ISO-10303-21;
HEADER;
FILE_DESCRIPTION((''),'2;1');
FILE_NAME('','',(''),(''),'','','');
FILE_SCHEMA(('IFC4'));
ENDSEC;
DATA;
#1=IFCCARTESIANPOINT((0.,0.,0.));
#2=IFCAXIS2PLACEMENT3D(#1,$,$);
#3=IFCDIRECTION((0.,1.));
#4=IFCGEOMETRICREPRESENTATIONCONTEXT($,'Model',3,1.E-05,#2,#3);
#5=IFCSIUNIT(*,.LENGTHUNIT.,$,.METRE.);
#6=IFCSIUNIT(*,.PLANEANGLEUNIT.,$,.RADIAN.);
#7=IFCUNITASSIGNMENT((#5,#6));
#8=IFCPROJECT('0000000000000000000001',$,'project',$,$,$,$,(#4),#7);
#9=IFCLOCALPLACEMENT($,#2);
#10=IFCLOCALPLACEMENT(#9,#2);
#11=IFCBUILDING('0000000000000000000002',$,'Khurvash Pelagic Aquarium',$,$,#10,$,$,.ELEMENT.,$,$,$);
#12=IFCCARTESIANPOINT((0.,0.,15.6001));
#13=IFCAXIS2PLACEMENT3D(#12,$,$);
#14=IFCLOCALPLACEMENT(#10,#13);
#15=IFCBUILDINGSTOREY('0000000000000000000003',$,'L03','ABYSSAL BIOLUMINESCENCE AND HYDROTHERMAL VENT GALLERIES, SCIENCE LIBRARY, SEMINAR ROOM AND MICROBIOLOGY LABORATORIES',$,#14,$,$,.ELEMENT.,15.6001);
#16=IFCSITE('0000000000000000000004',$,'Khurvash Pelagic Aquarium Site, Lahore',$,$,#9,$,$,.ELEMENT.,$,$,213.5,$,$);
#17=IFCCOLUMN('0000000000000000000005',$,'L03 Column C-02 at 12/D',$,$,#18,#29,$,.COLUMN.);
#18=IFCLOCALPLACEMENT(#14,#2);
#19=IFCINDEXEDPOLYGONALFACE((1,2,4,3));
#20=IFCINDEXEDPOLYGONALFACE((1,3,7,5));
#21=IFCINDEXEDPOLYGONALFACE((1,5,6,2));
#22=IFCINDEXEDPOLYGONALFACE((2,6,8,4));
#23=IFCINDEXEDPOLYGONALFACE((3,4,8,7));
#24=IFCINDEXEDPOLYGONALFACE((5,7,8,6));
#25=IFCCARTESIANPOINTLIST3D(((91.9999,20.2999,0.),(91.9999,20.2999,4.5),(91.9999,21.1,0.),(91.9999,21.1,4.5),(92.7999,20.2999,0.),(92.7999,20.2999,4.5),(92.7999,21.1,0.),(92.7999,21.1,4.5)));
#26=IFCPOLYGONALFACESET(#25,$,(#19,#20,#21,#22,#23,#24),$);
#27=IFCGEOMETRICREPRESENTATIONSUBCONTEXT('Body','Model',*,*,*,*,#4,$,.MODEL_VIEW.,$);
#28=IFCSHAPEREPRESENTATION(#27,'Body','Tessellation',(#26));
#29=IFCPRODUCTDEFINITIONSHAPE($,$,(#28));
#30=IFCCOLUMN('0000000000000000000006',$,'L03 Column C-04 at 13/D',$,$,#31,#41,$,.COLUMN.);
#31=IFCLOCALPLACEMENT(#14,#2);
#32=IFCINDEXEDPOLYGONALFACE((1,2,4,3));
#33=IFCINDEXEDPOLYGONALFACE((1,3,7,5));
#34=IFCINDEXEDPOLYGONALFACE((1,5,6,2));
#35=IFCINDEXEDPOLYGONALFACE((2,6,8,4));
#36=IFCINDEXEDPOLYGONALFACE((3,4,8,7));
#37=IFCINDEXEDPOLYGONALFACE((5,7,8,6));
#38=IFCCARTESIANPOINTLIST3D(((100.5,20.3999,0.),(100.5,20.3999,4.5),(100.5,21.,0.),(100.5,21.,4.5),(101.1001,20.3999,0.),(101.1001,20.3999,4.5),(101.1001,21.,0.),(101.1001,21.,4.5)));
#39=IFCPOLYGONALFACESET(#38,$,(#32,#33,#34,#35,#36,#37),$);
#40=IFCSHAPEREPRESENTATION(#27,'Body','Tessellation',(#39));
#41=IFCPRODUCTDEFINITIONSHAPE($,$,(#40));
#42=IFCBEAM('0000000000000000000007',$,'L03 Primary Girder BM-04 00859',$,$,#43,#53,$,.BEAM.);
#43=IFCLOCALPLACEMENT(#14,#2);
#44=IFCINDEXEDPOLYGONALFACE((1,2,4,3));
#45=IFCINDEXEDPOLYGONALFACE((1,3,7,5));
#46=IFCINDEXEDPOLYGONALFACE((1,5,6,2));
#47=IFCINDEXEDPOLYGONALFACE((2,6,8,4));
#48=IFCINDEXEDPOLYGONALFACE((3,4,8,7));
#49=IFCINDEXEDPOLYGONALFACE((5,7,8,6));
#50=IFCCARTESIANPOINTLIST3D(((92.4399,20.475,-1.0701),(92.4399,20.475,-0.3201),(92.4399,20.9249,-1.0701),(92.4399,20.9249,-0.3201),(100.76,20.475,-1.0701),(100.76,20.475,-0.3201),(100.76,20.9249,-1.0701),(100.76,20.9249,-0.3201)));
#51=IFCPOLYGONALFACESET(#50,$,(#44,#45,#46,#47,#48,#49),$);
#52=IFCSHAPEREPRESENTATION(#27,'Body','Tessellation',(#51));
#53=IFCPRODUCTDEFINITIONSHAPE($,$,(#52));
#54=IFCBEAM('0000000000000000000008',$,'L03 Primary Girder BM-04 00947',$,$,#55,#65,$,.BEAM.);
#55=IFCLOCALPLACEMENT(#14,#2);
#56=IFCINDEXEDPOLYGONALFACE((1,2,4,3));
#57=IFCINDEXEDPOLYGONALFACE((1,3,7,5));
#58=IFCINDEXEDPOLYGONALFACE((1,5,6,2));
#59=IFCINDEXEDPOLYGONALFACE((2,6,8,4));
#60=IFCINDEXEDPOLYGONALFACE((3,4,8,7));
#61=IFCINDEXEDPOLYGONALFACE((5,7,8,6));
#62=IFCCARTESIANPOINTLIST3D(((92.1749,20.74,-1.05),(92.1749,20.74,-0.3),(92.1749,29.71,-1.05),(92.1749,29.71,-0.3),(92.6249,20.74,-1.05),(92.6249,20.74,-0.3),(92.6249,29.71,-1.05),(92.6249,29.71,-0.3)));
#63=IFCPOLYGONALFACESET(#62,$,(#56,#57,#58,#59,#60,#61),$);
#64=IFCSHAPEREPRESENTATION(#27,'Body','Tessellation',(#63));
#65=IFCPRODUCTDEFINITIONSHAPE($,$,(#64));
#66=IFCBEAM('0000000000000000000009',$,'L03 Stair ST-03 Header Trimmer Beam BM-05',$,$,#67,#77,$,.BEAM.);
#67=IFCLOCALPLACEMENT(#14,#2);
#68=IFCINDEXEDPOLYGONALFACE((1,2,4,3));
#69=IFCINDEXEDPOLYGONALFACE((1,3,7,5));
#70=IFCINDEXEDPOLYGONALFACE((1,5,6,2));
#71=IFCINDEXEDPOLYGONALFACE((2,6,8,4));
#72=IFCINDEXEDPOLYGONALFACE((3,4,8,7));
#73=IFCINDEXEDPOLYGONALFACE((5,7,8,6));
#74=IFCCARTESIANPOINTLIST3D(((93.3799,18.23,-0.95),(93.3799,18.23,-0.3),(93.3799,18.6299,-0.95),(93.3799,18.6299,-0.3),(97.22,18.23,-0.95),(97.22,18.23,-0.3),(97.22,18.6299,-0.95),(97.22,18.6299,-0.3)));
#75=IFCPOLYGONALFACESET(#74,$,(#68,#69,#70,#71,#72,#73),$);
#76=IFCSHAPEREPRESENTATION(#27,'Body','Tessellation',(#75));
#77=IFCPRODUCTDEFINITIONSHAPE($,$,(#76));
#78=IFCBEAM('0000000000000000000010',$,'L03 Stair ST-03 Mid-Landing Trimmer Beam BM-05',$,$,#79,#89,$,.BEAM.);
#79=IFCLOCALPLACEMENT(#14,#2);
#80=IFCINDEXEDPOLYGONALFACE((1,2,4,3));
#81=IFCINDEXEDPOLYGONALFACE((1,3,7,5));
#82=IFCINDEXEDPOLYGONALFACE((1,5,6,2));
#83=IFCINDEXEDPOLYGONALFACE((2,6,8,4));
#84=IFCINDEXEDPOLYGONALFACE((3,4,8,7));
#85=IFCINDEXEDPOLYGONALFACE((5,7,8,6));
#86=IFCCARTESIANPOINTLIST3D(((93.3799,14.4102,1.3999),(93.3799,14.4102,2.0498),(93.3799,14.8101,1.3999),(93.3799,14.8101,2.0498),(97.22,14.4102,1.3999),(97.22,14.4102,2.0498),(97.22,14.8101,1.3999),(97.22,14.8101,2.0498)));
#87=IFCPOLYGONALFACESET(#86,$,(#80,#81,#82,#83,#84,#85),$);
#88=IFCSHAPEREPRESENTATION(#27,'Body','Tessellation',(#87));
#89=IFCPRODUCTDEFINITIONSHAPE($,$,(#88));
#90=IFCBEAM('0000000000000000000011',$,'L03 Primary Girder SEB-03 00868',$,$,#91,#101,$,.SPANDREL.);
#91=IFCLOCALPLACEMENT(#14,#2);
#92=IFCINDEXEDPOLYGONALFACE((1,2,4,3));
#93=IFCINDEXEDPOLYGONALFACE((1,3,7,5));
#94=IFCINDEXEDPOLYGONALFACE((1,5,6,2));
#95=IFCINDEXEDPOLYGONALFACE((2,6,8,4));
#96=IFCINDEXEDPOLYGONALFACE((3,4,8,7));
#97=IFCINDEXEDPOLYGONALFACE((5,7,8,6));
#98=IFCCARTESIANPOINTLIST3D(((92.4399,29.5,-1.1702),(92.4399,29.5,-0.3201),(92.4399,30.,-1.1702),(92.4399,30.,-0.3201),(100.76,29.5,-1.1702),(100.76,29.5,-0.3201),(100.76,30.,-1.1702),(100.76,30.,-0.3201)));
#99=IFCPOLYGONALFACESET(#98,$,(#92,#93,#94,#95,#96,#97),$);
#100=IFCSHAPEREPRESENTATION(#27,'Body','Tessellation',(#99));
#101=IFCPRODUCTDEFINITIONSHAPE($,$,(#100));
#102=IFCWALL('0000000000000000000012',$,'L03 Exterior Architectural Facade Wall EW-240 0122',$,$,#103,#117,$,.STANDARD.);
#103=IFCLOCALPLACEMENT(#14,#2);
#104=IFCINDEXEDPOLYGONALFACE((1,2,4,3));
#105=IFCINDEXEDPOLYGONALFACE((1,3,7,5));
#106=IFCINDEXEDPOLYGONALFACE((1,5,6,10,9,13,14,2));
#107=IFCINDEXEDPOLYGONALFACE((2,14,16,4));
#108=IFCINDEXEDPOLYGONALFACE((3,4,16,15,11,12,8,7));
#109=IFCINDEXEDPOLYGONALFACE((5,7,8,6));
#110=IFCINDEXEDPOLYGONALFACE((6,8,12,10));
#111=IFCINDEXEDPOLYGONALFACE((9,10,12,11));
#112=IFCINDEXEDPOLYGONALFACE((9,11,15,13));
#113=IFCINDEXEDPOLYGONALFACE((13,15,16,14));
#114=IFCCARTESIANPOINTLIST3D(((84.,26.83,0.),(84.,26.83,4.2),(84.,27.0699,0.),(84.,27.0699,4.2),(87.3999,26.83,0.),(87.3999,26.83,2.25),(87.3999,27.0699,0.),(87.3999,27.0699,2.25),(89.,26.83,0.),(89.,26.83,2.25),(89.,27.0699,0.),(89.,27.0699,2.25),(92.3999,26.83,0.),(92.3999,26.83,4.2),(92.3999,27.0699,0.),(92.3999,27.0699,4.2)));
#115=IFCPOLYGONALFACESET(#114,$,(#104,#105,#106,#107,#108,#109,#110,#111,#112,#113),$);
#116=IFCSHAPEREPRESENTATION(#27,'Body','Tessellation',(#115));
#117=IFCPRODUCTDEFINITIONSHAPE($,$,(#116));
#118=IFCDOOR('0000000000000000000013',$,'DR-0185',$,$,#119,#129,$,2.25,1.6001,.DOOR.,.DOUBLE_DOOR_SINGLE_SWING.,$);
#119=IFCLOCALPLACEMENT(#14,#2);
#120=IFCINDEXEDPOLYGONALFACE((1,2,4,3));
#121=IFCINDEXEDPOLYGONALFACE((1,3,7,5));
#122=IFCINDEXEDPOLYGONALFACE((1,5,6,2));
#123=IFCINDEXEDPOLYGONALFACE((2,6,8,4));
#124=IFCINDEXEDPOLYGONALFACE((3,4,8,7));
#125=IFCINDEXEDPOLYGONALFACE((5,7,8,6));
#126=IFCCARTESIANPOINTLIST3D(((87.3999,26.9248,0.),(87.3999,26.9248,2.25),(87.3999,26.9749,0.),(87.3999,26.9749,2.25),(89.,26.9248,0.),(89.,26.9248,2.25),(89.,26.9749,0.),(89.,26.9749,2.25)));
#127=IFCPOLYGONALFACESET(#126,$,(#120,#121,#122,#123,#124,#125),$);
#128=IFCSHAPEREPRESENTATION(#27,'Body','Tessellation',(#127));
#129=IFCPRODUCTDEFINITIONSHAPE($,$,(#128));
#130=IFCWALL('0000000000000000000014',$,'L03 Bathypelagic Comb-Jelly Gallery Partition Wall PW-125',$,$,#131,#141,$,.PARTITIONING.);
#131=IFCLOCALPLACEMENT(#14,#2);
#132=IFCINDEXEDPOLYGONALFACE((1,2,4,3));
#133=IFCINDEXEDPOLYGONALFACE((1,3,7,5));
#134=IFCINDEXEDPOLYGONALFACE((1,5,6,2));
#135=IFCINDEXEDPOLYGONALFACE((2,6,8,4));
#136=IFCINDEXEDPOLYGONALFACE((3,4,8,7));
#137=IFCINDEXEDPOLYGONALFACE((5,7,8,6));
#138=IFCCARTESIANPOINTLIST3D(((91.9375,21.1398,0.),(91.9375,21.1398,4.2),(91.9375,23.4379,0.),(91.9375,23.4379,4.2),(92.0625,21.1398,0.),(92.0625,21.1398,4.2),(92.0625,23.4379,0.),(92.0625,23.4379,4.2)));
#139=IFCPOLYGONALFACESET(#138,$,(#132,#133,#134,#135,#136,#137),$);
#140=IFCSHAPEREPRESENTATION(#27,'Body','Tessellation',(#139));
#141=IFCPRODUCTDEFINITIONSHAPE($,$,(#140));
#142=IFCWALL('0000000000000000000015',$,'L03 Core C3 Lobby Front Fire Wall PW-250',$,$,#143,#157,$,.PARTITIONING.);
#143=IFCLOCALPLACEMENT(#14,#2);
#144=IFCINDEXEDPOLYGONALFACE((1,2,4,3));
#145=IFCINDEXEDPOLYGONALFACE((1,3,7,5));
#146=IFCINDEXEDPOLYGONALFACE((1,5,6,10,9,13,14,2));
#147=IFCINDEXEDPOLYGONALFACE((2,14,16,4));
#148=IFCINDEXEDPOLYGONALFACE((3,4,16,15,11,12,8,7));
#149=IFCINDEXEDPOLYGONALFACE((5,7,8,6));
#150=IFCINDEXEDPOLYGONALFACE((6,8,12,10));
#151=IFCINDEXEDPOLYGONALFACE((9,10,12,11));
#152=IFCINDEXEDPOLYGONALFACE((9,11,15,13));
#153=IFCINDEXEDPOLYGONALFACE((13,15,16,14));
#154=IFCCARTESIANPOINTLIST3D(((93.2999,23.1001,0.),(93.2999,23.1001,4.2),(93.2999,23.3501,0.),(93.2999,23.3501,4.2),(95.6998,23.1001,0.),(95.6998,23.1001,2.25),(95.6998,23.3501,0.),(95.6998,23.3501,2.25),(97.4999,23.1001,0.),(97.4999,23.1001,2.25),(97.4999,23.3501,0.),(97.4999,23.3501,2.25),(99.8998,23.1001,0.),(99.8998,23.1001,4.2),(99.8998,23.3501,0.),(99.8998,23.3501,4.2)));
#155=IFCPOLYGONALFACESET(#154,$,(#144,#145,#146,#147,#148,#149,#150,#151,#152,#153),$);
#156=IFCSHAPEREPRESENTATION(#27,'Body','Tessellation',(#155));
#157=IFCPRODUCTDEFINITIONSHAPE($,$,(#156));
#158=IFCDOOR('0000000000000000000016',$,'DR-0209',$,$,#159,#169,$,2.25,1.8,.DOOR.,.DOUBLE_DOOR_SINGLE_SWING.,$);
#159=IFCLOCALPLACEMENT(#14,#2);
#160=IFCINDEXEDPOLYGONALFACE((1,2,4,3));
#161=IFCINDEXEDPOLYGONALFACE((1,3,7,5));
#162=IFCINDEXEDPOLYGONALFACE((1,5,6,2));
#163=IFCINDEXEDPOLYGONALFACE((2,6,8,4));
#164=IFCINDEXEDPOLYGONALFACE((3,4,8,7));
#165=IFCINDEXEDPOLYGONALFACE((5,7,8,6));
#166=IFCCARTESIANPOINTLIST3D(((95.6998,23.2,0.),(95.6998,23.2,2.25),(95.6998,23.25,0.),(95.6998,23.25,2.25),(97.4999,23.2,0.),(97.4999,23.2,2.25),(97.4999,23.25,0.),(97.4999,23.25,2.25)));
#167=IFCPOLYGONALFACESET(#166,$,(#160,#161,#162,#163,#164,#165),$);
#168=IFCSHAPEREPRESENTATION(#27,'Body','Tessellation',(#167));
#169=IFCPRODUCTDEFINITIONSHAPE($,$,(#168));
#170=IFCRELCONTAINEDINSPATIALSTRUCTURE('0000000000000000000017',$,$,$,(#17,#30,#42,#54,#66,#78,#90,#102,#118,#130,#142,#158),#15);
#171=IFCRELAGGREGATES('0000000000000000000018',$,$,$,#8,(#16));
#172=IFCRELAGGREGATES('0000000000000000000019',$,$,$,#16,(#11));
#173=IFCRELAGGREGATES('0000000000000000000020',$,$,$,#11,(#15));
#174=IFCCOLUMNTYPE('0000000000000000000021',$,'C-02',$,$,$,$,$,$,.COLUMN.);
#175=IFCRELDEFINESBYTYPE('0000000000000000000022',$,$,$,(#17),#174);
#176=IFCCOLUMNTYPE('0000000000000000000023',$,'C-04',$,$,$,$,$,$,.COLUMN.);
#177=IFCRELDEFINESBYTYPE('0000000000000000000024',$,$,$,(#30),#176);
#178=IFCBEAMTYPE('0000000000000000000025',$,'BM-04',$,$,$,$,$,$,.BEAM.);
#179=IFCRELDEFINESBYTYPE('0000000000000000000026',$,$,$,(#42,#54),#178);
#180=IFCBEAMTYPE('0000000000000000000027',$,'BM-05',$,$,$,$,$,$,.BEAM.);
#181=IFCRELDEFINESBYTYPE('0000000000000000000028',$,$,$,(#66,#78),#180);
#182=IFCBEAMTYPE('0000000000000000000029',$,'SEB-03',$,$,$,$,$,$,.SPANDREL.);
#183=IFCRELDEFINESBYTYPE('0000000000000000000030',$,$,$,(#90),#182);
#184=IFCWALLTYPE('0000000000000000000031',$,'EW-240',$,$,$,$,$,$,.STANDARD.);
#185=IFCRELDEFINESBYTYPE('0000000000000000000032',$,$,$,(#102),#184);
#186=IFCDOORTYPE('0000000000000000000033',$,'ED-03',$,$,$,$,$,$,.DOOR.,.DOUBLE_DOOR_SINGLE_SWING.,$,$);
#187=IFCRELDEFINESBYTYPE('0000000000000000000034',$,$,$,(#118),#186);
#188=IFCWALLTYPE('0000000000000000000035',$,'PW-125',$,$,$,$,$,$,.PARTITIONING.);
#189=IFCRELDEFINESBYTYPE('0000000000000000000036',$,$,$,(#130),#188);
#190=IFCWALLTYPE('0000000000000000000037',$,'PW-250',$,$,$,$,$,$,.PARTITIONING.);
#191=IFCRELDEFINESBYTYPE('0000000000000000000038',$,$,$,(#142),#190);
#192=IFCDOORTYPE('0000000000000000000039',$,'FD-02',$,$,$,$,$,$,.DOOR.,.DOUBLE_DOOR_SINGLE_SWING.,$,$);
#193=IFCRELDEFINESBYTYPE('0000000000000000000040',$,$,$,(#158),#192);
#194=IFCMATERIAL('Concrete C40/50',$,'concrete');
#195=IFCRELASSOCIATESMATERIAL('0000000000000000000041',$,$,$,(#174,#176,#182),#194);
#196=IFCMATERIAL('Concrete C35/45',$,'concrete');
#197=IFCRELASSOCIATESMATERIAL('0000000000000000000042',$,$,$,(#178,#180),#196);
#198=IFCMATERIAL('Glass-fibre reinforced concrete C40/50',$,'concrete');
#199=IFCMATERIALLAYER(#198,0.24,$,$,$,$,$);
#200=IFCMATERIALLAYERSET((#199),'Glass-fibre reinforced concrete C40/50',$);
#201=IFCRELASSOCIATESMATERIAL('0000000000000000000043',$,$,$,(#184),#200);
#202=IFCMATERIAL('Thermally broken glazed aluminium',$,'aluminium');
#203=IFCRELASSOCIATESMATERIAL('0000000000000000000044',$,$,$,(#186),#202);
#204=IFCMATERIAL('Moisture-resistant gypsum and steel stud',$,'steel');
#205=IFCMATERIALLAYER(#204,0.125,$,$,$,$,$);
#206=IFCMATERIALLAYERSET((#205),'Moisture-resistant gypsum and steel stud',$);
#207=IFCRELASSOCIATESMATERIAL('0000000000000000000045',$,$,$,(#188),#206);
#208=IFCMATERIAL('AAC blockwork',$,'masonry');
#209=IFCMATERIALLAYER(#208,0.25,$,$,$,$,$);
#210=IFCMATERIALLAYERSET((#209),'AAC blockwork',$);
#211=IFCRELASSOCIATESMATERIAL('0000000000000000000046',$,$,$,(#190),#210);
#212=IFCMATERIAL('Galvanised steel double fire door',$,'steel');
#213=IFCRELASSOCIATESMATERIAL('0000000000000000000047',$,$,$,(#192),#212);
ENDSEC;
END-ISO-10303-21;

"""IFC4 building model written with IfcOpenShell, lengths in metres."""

from ifc_helpers import new_model, si_unit, direction, frame, frame_2d, origin, origin_2d, place, context, subcontext, project, spatial, rectangle, extrude, material, layer, layer_set, material_profile, profile_set, type_object, element, fill, save


model = new_model("IFC4")

# Units and contexts
model_context = context("Model", 3, precision=1e-05, world=origin(), true_north=direction((0.0, 1.0)))
body_context = subcontext(model_context, "Body", "Model", "MODEL_VIEW")
ifc_project = project(units=[si_unit("LENGTHUNIT", "METRE"), si_unit("PLANEANGLEUNIT", "RADIAN")], contexts=[model_context])

# Site, building, storey
site_placement = place(None, origin())
site = spatial("IfcSite", under=ifc_project, at=site_placement, Name="Khurvash Pelagic Aquarium Site, Lahore", CompositionType="ELEMENT", RefElevation=213.5)
building_placement = place(site_placement, origin())
building = spatial("IfcBuilding", under=site, at=building_placement, Name="Khurvash Pelagic Aquarium", CompositionType="ELEMENT")
storey_placement = place(building_placement, frame((0.0, 0.0, 15.6001)))
storey = spatial("IfcBuildingStorey", under=building, at=storey_placement, Name="L03", Description="ABYSSAL BIOLUMINESCENCE AND HYDROTHERMAL VENT GALLERIES, SCIENCE LIBRARY, SEMINAR ROOM AND MICROBIOLOGY LABORATORIES", CompositionType="ELEMENT", Elevation=15.6001)

# Columns
ifc_material_1 = material(Name="Concrete C40/50", Category="concrete")
ifc_material_profile_1 = material_profile(ifc_material_1, rectangle(XDim=0.8, YDim=0.8, at=origin_2d()), Name="RC800X800")
ifc_profile_set_1 = profile_set([ifc_material_profile_1], Name="Concrete C40/50")
column_type_1 = type_object("IfcColumnType", Name="C-02", PredefinedType="COLUMN", material=ifc_profile_set_1)
column_1_placement = place(storey_placement, frame((92.3999, 20.7, 0.0), z_axis=(0.0, 0.0, 1.0), x_axis=(1.0, 0.0, 0.0)))
element("IfcColumn", 1, at=column_1_placement, inside=storey, type_object=column_type_1, Name="L03 Column C-02 at 12/D", PredefinedType="COLUMN", context=body_context, shape_type="SweptSolid", body=[
    extrude(rectangle(XDim=0.8, YDim=0.8, at=origin_2d()), origin(), (0.0, 0.0, 1.0), 4.5),
])
ifc_material_profile_2 = material_profile(ifc_material_1, rectangle(XDim=0.6001, YDim=0.6001, at=origin_2d()), Name="RC600X600")
ifc_profile_set_2 = profile_set([ifc_material_profile_2], Name="Concrete C40/50")
column_type_2 = type_object("IfcColumnType", Name="C-04", PredefinedType="COLUMN", material=ifc_profile_set_2)
column_2_placement = place(storey_placement, frame((100.8, 20.7, 0.0), z_axis=(0.0, 0.0, 1.0), x_axis=(1.0, 0.0, 0.0)))
element("IfcColumn", 2, at=column_2_placement, inside=storey, type_object=column_type_2, Name="L03 Column C-04 at 13/D", PredefinedType="COLUMN", context=body_context, shape_type="SweptSolid", body=[
    extrude(rectangle(XDim=0.6001, YDim=0.6001, at=origin_2d()), origin(), (0.0, 0.0, 1.0), 4.5),
])

# Beams
ifc_material_2 = material(Name="Concrete C35/45", Category="concrete")
ifc_material_profile_3 = material_profile(ifc_material_2, rectangle(XDim=0.45, YDim=0.75, at=origin_2d()), Name="RC450X750")
ifc_profile_set_3 = profile_set([ifc_material_profile_3], Name="Concrete C35/45")
beam_type_1 = type_object("IfcBeamType", Name="BM-04", PredefinedType="BEAM", material=ifc_profile_set_3)
beam_1_placement = place(storey_placement, frame((92.4399, 20.7, -0.6951), z_axis=(1.0, 0.0, 0.0), x_axis=(0.0, 1.0, 0.0)))
element("IfcBeam", 3, at=beam_1_placement, inside=storey, type_object=beam_type_1, Name="L03 Primary Girder BM-04 00859", PredefinedType="BEAM", context=body_context, shape_type="SweptSolid", body=[
    extrude(rectangle(XDim=0.45, YDim=0.75, at=origin_2d()), origin(), (0.0, 0.0, 1.0), 8.3201),
])
beam_2_placement = place(storey_placement, frame((92.3999, 20.74, -0.675), z_axis=(0.0, 1.0, 0.0), x_axis=(-1.0, 0.0, 0.0)))
element("IfcBeam", 4, at=beam_2_placement, inside=storey, type_object=beam_type_1, Name="L03 Primary Girder BM-04 00947", PredefinedType="BEAM", context=body_context, shape_type="SweptSolid", body=[
    extrude(rectangle(XDim=0.45, YDim=0.75, at=origin_2d()), origin(), (0.0, 0.0, 1.0), 8.97),
])
ifc_material_profile_4 = material_profile(ifc_material_2, rectangle(XDim=0.3999, YDim=0.6499, at=origin_2d()), Name="RC400X650")
ifc_profile_set_4 = profile_set([ifc_material_profile_4], Name="Concrete C35/45")
beam_type_2 = type_object("IfcBeamType", Name="BM-05", PredefinedType="BEAM", material=ifc_profile_set_4)
for number, where, z_axis, x_axis, name in (
    (5, (93.3799, 18.4299, -0.625), (1.0, 0.0, 0.0), (0.0, 1.0, 0.0), "L03 Stair ST-03 Header Trimmer Beam BM-05"),
    (6, (93.3799, 14.6101, 1.7249), (1.0, 0.0, 0.0), (0.0, 1.0, 0.0), "L03 Stair ST-03 Mid-Landing Trimmer Beam BM-05"),
):
    element("IfcBeam", number, at=place(storey_placement, frame(where, z_axis=z_axis, x_axis=x_axis)), inside=storey, type_object=beam_type_2, Name=name, PredefinedType="BEAM", context=body_context, shape_type="SweptSolid", body=[
        extrude(rectangle(XDim=0.3999, YDim=0.6499, at=origin_2d()), origin(), (0.0, 0.0, 1.0), 3.8401),
    ])
ifc_material_profile_5 = material_profile(ifc_material_1, rectangle(XDim=0.5, YDim=0.8501, at=origin_2d()), Name="RC500X850")
ifc_profile_set_5 = profile_set([ifc_material_profile_5], Name="Concrete C40/50")
beam_type_3 = type_object("IfcBeamType", Name="SEB-03", PredefinedType="SPANDREL", material=ifc_profile_set_5)
beam_3_placement = place(storey_placement, frame((92.4399, 29.75, -0.7451), z_axis=(1.0, 0.0, 0.0), x_axis=(0.0, 1.0, 0.0)))
element("IfcBeam", 7, at=beam_3_placement, inside=storey, type_object=beam_type_3, Name="L03 Primary Girder SEB-03 00868", PredefinedType="SPANDREL", context=body_context, shape_type="SweptSolid", body=[
    extrude(rectangle(XDim=0.5, YDim=0.8501, at=origin_2d()), origin(), (0.0, 0.0, 1.0), 8.3201),
])

# Wall, opening, door
ifc_material_3 = material(Name="Glass-fibre reinforced concrete C40/50", Category="concrete")
ifc_layer_1 = layer(ifc_material_3, 0.24)
ifc_layer_set_1 = layer_set([ifc_layer_1], Name="Glass-fibre reinforced concrete C40/50")
wall_type_1 = type_object("IfcWallType", Name="EW-240", PredefinedType="STANDARD", material=ifc_layer_set_1)
wall_1_placement = place(storey_placement, frame((92.3999, 26.95, 0.0), z_axis=(0.0, 0.0, 1.0), x_axis=(-1.0, 0.0, 0.0)))
wall_1 = element("IfcWall", 8, at=wall_1_placement, inside=storey, type_object=wall_type_1, Name="L03 Exterior Architectural Facade Wall EW-240 0122", PredefinedType="STANDARD", context=body_context, shape_type="SweptSolid", body=[
    extrude(rectangle(XDim=8.3999, YDim=0.24, at=frame_2d((4.2, 0.0))), origin(), (0.0, 0.0, 1.0), 4.2),
])
opening_1_placement = place(wall_1_placement, frame((3.3999, 0.0, 0.0)))
opening_1 = element("IfcOpeningElement", 9, at=opening_1_placement, cuts=wall_1, PredefinedType="OPENING", context=body_context, shape_type="SweptSolid", body=[
    extrude(rectangle(XDim=1.6001, YDim=2.25, at=frame_2d((0.8, 1.125))), frame((0.0, 0.1299, 0.0), z_axis=(0.0, -1.0, 0.0), x_axis=(1.0, 0.0, 0.0)), (0.0, 0.0, 1.0), 0.26),
])
ifc_material_4 = material(Name="Thermally broken glazed aluminium", Category="aluminium")
door_type_1 = type_object("IfcDoorType", Name="ED-03", OperationType="DOUBLE_DOOR_SINGLE_SWING", PredefinedType="DOOR", material=ifc_material_4)
door_1_placement = place(opening_1_placement, frame((1.6001, 0.0, 0.0), z_axis=(0.0, 0.0, 1.0), x_axis=(-1.0, 0.0, 0.0)))
door_1 = element("IfcDoor", 10, at=door_1_placement, inside=storey, type_object=door_type_1, Name="DR-0185", OperationType="DOUBLE_DOOR_SINGLE_SWING", OverallHeight=2.25, OverallWidth=1.6001, PredefinedType="DOOR", context=body_context, shape_type="SweptSolid", body=[
    extrude(rectangle(XDim=1.6001, YDim=2.25, at=frame_2d((0.8, 1.125))), frame((0.0, 0.0249, 0.0), z_axis=(0.0, -1.0, 0.0), x_axis=(1.0, 0.0, 0.0)), (0.0, 0.0, 1.0), 0.05),
])
fill(opening_1, door_1)

# Wall
ifc_material_5 = material(Name="Moisture-resistant gypsum and steel stud", Category="steel")
ifc_layer_2 = layer(ifc_material_5, 0.125)
ifc_layer_set_2 = layer_set([ifc_layer_2], Name="Moisture-resistant gypsum and steel stud")
wall_type_2 = type_object("IfcWallType", Name="PW-125", PredefinedType="PARTITIONING", material=ifc_layer_set_2)
wall_2_placement = place(storey_placement, frame((92.0, 21.1399, 0.0), z_axis=(0.0, 0.0, 1.0), x_axis=(0.0, 1.0, 0.0)))
element("IfcWall", 11, at=wall_2_placement, inside=storey, type_object=wall_type_2, Name="L03 Bathypelagic Comb-Jelly Gallery Partition Wall PW-125", PredefinedType="PARTITIONING", context=body_context, shape_type="SweptSolid", body=[
    extrude(rectangle(XDim=2.2981, YDim=0.125, at=frame_2d((1.1489, 0.0))), origin(), (0.0, 0.0, 1.0), 4.2),
])

# Wall, opening, door
ifc_material_6 = material(Name="AAC blockwork", Category="masonry")
ifc_layer_3 = layer(ifc_material_6, 0.25)
ifc_layer_set_3 = layer_set([ifc_layer_3], Name="AAC blockwork")
wall_type_3 = type_object("IfcWallType", Name="PW-250", PredefinedType="PARTITIONING", material=ifc_layer_set_3)
wall_3_placement = place(storey_placement, frame((93.3, 23.2251, 0.0), z_axis=(0.0, 0.0, 1.0), x_axis=(1.0, 0.0, 0.0)))
wall_3 = element("IfcWall", 12, at=wall_3_placement, inside=storey, type_object=wall_type_3, Name="L03 Core C3 Lobby Front Fire Wall PW-250", PredefinedType="PARTITIONING", context=body_context, shape_type="SweptSolid", body=[
    extrude(rectangle(XDim=6.5999, YDim=0.25, at=frame_2d((3.2998, 0.0))), origin(), (0.0, 0.0, 1.0), 4.2),
])
opening_2_placement = place(wall_3_placement, frame((2.3999, 0.0, 0.0)))
opening_2 = element("IfcOpeningElement", 13, at=opening_2_placement, cuts=wall_3, PredefinedType="OPENING", context=body_context, shape_type="SweptSolid", body=[
    extrude(rectangle(XDim=1.8, YDim=2.25, at=frame_2d((0.8999, 1.125))), frame((0.0, 0.135, 0.0), z_axis=(0.0, -1.0, 0.0), x_axis=(1.0, 0.0, 0.0)), (0.0, 0.0, 1.0), 0.27),
])
ifc_material_7 = material(Name="Galvanised steel double fire door", Category="steel")
door_type_2 = type_object("IfcDoorType", Name="FD-02", OperationType="DOUBLE_DOOR_SINGLE_SWING", PredefinedType="DOOR", material=ifc_material_7)
door_2_placement = place(opening_2_placement, origin())
door_2 = element("IfcDoor", 14, at=door_2_placement, inside=storey, type_object=door_type_2, Name="DR-0209", OperationType="DOUBLE_DOOR_SINGLE_SWING", OverallHeight=2.25, OverallWidth=1.8, PredefinedType="DOOR", context=body_context, shape_type="SweptSolid", body=[
    extrude(rectangle(XDim=1.8, YDim=2.25, at=frame_2d((0.8999, 1.125))), frame((0.0, 0.0249, 0.0), z_axis=(0.0, -1.0, 0.0), x_axis=(1.0, 0.0, 0.0)), (0.0, 0.0, 1.0), 0.05),
])
fill(opening_2, door_2)

save(model, "model.ifc")
